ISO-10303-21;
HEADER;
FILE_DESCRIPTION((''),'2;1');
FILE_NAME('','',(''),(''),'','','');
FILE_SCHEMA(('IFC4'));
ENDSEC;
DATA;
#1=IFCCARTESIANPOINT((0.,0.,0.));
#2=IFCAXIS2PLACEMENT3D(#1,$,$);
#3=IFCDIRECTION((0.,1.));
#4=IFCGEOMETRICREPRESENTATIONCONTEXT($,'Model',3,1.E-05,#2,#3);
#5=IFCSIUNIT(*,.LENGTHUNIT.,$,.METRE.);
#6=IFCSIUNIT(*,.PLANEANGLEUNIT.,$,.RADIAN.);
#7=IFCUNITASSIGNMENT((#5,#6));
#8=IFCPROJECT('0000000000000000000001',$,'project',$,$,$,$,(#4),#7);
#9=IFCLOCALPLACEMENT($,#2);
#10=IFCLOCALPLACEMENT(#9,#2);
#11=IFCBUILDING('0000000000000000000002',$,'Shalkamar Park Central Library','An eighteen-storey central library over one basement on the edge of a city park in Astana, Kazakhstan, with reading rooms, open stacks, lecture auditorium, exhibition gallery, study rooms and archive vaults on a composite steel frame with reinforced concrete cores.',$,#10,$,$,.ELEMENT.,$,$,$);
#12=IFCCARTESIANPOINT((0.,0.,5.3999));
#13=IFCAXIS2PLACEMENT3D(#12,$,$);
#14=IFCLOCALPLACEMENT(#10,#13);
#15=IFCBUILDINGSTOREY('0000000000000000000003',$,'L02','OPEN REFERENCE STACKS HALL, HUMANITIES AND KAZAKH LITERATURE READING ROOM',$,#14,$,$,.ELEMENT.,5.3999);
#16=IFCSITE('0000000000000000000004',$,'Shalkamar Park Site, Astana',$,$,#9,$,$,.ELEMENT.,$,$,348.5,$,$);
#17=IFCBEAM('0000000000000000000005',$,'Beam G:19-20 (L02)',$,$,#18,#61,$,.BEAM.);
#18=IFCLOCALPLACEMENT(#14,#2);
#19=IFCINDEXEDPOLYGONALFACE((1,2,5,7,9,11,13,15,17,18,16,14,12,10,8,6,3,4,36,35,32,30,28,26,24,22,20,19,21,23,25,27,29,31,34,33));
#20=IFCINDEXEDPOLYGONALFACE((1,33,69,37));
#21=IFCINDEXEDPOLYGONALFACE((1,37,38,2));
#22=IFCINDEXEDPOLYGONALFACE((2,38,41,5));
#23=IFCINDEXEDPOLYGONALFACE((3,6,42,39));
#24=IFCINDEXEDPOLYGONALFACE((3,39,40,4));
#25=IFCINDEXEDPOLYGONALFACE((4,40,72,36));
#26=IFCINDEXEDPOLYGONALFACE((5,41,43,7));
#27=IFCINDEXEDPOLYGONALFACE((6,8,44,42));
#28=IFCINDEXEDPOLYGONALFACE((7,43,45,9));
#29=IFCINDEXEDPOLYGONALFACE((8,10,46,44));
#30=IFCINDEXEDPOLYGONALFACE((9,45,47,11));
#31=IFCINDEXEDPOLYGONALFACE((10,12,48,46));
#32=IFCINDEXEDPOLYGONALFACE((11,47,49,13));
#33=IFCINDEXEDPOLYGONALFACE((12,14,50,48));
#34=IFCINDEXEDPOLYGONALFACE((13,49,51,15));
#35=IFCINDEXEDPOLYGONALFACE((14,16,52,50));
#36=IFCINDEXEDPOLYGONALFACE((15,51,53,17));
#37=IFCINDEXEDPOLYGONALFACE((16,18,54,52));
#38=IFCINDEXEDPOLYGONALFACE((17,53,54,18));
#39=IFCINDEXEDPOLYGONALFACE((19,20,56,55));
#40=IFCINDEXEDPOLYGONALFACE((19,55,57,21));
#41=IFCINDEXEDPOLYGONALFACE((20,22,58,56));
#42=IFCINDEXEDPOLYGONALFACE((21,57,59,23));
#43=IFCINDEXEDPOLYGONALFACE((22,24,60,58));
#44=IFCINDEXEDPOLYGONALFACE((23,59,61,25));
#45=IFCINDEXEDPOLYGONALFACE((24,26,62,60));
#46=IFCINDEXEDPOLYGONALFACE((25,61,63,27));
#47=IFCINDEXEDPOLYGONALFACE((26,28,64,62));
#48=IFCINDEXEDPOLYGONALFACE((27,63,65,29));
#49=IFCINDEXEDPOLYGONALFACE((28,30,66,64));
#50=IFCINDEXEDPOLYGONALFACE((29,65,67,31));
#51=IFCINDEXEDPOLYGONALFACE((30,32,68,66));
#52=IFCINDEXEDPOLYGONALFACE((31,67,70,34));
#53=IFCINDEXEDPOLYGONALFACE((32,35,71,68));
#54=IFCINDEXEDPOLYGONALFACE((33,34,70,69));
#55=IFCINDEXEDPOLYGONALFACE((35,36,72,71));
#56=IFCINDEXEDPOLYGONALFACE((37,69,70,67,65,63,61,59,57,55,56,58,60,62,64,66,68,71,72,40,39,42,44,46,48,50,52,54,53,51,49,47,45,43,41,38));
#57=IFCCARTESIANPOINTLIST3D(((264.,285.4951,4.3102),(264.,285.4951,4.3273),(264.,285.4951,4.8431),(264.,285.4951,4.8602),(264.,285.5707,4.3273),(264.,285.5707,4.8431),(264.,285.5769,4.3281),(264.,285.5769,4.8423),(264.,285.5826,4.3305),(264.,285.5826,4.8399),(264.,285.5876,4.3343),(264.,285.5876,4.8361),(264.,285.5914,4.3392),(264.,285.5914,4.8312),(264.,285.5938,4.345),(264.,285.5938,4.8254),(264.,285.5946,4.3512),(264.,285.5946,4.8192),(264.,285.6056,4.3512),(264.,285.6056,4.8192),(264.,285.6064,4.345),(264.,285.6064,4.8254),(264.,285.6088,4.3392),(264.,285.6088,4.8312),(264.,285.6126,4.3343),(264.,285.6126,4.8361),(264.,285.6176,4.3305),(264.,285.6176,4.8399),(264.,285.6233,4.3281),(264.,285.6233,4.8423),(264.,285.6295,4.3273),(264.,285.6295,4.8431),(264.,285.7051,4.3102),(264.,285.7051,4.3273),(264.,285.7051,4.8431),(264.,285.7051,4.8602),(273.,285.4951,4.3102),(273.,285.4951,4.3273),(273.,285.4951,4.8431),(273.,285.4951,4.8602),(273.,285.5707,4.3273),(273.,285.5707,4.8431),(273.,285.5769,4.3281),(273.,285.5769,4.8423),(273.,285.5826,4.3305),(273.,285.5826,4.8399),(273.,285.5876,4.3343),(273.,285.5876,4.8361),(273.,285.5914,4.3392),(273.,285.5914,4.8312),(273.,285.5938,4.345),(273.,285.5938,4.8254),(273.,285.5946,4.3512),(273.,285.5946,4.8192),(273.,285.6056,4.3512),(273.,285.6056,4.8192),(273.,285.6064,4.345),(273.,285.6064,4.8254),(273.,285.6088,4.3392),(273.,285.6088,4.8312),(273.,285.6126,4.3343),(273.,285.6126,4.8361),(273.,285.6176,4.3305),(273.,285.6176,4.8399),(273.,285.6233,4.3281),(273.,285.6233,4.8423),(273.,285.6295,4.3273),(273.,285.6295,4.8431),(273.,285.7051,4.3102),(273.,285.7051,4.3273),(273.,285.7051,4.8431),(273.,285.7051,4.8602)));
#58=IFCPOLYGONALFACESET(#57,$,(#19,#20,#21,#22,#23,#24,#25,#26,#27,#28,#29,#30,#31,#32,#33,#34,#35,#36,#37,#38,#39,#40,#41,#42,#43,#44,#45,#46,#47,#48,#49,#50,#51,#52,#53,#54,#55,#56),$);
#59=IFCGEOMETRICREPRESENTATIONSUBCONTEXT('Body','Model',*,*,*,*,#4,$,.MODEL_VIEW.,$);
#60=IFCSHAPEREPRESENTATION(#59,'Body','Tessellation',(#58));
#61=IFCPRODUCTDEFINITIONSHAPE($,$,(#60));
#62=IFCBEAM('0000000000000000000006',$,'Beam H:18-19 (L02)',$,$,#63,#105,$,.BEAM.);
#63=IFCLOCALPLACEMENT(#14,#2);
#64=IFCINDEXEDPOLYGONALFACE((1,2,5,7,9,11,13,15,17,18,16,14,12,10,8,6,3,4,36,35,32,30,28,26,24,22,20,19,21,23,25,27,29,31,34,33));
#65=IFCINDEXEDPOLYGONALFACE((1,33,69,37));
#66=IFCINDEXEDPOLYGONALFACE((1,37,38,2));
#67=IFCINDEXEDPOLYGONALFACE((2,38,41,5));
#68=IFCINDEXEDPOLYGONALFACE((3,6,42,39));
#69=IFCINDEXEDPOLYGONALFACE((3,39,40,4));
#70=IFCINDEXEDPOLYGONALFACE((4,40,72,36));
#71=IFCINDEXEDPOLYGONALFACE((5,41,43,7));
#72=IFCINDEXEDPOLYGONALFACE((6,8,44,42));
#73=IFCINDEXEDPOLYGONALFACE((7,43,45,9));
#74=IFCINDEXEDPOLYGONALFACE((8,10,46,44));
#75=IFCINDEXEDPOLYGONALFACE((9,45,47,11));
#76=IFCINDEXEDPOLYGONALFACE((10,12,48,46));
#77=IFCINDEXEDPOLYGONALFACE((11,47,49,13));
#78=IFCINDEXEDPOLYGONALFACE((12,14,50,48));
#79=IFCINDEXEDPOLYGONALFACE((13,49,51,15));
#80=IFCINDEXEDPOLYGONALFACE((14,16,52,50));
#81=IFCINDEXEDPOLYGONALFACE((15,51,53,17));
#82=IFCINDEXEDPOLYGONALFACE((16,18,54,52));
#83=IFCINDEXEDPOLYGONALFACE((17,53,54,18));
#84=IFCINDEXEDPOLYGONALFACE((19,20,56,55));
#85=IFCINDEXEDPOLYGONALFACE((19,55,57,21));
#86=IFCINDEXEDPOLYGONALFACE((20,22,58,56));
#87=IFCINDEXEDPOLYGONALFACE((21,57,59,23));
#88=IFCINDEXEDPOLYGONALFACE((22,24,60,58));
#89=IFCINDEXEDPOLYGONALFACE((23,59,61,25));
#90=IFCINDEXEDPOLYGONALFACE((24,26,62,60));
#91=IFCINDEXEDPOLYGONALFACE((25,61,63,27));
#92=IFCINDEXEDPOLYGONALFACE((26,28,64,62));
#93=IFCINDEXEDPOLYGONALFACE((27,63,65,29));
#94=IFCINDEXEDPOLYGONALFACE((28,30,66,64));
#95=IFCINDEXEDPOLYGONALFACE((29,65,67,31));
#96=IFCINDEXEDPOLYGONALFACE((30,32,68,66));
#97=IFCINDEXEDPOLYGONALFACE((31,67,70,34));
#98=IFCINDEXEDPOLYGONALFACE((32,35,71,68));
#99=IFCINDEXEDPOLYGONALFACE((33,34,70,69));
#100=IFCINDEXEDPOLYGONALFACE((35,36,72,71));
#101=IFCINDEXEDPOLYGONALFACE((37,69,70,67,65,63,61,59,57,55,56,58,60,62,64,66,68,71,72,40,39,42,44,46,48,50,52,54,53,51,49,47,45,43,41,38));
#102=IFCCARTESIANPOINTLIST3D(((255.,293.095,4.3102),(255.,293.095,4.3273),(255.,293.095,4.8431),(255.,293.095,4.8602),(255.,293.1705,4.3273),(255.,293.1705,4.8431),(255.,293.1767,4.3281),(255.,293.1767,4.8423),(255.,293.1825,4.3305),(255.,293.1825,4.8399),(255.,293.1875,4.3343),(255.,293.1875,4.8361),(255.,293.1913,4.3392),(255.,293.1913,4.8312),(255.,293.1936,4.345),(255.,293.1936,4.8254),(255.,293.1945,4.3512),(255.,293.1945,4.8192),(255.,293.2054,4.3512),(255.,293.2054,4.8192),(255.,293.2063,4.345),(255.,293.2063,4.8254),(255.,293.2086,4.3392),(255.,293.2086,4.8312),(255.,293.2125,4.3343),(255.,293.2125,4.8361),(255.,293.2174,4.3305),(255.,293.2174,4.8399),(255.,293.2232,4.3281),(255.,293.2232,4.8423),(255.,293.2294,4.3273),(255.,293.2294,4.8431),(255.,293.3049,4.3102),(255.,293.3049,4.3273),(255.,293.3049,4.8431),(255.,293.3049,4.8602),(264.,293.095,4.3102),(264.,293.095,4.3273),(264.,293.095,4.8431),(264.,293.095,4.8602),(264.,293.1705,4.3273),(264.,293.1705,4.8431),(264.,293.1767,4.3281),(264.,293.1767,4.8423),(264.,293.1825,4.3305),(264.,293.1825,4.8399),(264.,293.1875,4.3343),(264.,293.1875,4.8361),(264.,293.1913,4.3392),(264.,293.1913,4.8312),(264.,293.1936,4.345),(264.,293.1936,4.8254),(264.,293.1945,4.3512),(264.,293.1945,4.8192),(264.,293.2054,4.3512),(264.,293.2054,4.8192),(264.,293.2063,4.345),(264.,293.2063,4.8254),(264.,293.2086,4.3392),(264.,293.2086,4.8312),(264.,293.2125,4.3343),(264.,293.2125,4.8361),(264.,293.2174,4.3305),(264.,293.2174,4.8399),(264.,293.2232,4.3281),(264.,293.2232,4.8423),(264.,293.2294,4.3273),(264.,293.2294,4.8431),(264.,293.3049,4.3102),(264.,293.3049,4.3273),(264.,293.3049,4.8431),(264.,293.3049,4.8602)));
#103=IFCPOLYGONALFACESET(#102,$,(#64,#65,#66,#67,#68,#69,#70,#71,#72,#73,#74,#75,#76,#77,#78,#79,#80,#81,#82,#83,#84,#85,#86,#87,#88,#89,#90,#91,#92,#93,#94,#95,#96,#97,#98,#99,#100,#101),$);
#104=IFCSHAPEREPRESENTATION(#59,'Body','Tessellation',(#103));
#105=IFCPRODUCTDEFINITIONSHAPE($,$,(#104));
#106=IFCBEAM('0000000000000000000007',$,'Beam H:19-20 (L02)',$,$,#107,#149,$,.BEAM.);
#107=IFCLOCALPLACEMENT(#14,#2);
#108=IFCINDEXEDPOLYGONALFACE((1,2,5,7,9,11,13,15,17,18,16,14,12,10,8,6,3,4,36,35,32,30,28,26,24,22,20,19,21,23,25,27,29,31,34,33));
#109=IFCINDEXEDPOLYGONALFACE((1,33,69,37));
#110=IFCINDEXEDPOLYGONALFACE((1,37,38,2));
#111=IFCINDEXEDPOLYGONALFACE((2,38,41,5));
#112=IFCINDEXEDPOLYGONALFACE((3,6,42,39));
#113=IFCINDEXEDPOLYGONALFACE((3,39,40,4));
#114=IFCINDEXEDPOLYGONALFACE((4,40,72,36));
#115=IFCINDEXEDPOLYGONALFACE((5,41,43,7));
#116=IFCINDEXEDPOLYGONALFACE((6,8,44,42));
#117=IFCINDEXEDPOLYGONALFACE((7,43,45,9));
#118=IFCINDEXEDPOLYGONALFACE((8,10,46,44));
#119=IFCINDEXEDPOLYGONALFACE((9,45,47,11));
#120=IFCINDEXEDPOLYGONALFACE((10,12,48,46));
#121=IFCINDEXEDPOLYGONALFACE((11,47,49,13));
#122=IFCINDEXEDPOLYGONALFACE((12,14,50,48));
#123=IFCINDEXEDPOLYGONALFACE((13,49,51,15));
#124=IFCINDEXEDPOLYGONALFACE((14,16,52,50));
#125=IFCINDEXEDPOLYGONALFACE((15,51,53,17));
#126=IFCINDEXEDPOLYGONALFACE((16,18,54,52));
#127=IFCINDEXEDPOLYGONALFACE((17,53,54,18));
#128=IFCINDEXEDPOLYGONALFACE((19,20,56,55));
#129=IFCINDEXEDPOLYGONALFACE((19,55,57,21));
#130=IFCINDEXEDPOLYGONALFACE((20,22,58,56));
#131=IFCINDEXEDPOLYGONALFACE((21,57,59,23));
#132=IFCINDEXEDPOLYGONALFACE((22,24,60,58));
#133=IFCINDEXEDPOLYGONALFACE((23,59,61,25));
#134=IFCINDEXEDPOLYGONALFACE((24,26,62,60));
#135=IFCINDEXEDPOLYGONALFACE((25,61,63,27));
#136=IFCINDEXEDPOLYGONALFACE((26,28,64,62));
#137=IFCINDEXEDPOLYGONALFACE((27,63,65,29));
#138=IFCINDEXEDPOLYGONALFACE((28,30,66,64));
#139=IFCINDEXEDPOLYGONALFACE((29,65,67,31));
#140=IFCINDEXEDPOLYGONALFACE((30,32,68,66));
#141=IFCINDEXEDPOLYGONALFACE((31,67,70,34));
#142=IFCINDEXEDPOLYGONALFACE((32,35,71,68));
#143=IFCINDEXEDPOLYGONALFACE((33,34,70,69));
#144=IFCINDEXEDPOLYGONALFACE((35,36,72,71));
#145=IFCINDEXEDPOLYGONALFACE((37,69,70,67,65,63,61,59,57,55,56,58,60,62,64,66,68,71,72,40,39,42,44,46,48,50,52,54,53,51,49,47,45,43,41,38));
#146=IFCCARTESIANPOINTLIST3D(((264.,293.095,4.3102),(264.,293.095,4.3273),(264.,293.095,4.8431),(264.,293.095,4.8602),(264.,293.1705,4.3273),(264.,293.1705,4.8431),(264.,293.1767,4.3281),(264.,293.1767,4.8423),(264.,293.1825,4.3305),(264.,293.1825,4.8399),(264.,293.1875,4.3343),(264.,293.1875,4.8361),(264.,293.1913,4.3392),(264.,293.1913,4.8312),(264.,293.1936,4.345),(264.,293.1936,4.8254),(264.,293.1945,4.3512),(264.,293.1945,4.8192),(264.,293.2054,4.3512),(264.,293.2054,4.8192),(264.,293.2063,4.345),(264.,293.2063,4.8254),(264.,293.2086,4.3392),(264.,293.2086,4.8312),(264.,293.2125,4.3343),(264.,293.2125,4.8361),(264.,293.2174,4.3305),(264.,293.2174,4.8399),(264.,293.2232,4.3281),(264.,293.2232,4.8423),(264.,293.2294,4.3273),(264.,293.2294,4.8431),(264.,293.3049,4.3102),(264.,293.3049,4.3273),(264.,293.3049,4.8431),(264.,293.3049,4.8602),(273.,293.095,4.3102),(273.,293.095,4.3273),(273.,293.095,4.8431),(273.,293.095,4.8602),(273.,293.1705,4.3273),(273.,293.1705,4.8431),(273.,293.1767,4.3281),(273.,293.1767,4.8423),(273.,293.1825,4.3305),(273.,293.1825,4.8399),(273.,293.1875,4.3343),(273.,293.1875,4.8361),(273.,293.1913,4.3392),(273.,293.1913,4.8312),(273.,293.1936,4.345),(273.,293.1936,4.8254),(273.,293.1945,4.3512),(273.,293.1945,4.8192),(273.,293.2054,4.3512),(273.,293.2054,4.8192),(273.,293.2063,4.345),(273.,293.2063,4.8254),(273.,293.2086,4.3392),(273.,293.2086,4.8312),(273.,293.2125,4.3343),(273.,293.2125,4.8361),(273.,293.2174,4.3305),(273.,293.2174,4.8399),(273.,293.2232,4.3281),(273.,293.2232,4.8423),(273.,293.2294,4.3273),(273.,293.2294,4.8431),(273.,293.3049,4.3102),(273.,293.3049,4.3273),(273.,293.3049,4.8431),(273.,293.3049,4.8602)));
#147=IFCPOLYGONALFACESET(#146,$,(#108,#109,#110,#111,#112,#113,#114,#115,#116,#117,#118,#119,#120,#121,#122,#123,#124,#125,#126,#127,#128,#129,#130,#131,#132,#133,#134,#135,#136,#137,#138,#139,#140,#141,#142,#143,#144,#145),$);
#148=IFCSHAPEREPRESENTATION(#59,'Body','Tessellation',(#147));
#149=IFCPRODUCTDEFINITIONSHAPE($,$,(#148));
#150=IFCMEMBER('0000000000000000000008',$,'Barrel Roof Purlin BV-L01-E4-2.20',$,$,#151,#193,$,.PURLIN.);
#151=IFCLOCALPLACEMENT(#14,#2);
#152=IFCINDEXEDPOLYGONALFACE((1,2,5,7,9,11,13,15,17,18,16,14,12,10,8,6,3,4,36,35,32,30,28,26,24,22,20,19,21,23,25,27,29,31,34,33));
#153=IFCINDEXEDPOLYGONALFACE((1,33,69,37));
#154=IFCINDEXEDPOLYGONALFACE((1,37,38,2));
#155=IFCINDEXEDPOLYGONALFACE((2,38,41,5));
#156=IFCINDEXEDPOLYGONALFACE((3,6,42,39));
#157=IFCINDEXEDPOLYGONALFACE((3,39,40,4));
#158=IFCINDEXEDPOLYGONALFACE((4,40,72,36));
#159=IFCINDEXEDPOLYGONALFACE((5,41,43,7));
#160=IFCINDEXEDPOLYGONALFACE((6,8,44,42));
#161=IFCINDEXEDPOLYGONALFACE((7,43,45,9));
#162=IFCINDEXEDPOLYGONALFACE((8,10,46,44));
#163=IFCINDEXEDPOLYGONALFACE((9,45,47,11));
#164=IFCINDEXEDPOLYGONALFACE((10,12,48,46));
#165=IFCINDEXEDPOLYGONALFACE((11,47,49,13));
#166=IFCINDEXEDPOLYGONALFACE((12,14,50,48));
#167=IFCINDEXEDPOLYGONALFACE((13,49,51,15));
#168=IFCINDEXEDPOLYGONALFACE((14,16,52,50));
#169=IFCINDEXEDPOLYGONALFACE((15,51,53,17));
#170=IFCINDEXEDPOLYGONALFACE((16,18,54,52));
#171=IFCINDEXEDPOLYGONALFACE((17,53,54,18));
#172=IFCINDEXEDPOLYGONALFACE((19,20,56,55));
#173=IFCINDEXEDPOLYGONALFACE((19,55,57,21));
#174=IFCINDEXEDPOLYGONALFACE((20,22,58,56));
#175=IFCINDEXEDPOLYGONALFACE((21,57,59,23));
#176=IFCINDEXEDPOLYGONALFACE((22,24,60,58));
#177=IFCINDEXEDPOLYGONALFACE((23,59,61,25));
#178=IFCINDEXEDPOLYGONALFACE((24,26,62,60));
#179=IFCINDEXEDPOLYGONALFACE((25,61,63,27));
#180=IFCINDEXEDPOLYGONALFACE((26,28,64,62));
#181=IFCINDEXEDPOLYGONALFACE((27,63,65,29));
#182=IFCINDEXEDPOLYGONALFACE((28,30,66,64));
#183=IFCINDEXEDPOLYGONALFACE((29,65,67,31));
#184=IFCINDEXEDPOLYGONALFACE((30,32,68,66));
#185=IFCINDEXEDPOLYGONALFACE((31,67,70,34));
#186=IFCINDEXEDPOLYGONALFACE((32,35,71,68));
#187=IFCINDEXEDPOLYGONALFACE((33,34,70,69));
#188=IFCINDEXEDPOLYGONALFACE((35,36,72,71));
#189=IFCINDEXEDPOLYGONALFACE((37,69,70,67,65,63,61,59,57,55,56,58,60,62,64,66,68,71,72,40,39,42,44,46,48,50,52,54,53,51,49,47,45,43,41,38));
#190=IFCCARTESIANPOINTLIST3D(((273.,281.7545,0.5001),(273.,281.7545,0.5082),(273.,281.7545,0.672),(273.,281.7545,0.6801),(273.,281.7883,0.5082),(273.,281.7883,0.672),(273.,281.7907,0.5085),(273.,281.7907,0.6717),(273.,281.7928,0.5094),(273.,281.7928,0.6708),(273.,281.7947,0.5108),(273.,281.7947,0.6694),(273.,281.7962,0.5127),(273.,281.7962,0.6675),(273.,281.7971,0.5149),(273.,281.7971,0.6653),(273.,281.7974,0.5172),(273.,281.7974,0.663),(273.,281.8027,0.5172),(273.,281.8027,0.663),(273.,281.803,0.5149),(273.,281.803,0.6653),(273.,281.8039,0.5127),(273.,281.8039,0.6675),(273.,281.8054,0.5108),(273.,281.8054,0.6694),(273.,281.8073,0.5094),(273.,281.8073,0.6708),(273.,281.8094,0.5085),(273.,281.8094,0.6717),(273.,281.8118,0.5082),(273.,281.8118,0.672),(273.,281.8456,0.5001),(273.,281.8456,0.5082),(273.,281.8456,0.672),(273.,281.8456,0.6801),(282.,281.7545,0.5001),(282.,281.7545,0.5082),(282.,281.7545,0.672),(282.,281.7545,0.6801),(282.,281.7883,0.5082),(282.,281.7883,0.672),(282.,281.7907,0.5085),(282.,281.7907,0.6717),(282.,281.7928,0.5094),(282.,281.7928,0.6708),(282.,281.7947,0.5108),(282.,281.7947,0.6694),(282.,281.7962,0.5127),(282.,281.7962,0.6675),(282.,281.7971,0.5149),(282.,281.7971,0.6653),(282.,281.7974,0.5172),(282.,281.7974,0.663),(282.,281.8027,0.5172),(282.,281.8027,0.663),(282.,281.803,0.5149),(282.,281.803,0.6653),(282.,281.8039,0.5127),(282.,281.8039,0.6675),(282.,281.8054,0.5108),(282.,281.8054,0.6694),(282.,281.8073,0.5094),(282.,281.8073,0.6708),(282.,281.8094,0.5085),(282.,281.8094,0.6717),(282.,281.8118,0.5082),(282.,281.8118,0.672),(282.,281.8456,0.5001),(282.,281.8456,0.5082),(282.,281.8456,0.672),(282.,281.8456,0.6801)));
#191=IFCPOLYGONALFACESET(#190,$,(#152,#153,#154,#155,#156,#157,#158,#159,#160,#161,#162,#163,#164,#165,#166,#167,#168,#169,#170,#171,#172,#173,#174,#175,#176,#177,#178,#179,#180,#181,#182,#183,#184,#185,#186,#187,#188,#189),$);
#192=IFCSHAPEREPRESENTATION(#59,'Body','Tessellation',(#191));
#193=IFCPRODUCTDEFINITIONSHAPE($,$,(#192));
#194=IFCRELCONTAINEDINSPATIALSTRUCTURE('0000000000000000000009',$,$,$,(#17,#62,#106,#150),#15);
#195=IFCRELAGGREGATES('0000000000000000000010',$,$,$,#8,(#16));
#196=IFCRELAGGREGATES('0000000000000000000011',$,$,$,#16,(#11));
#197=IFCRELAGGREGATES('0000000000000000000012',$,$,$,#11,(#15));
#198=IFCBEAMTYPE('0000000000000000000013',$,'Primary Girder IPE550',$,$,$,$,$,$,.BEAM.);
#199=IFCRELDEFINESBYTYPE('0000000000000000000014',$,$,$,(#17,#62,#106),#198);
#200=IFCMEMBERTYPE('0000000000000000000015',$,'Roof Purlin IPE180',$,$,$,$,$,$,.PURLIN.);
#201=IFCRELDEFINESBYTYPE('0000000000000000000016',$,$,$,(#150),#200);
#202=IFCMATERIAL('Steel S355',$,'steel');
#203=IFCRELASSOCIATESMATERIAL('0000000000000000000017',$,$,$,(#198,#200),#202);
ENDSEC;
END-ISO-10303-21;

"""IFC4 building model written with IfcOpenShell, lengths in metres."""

from ifc_helpers import new_model, si_unit, direction, frame, origin, origin_2d, place, context, subcontext, project, spatial, i_section, extrude, material, material_profile, profile_set, type_object, element, save


model = new_model("IFC4")

# Units and contexts
model_context = context("Model", 3, precision=1e-05, world=origin(), true_north=direction((0.0, 1.0)))
body_context = subcontext(model_context, "Body", "Model", "MODEL_VIEW")
ifc_project = project(units=[si_unit("LENGTHUNIT", "METRE"), si_unit("PLANEANGLEUNIT", "RADIAN")], contexts=[model_context])

# Site, building, storey
site_placement = place(None, origin())
site = spatial("IfcSite", under=ifc_project, at=site_placement, Name="Shalkamar Park Site, Astana", CompositionType="ELEMENT", RefElevation=348.5)
building_placement = place(site_placement, origin())
building = spatial("IfcBuilding", under=site, at=building_placement, Name="Shalkamar Park Central Library", Description="An eighteen-storey central library over one basement on the edge of a city park in Astana, Kazakhstan, with reading rooms, open stacks, lecture auditorium, exhibition gallery, study rooms and archive vaults on a composite steel frame with reinforced concrete cores.", CompositionType="ELEMENT")
storey_placement = place(building_placement, frame((0.0, 0.0, 5.3999)))
storey = spatial("IfcBuildingStorey", under=building, at=storey_placement, Name="L02", Description="OPEN REFERENCE STACKS HALL, HUMANITIES AND KAZAKH LITERATURE READING ROOM", CompositionType="ELEMENT", Elevation=5.3999)

# Shared definitions
ifc_material_1 = material(Name="Steel S355", Category="steel")

# Beams
ifc_material_profile_1 = material_profile(ifc_material_1, i_section(OverallWidth=0.21, OverallDepth=0.55, WebThickness=0.011, FlangeThickness=0.0171, FilletRadius=0.0239, at=origin_2d()), Name="IPE 550")
ifc_profile_set_1 = profile_set([ifc_material_profile_1], Name="Steel S355")
beam_type_1 = type_object("IfcBeamType", Name="Primary Girder IPE550", PredefinedType="BEAM", material=ifc_profile_set_1)
for number, where, z_axis, x_axis, name in (
    (1, (264.0, 285.6001, 4.5852), (1.0, 0.0, 0.0), (0.0, 1.0, 0.0), "Beam G:19-20 (L02)"),
    (2, (255.0, 293.2, 4.5852), (1.0, 0.0, 0.0), (0.0, 1.0, 0.0), "Beam H:18-19 (L02)"),
    (3, (264.0, 293.2, 4.5852), (1.0, 0.0, 0.0), (0.0, 1.0, 0.0), "Beam H:19-20 (L02)"),
):
    element("IfcBeam", number, at=place(storey_placement, frame(where, z_axis=z_axis, x_axis=x_axis)), inside=storey, type_object=beam_type_1, Name=name, PredefinedType="BEAM", context=body_context, shape_type="SweptSolid", body=[
        extrude(i_section(OverallWidth=0.21, OverallDepth=0.55, WebThickness=0.011, FlangeThickness=0.0171, FilletRadius=0.0239, at=origin_2d()), origin(), (0.0, 0.0, 1.0), 9.0),
    ])

# Member
ifc_material_profile_2 = material_profile(ifc_material_1, i_section(OverallWidth=0.0911, OverallDepth=0.1799, WebThickness=0.0054, FlangeThickness=0.0081, FilletRadius=0.009, at=origin_2d()), Name="IPE 180")
ifc_profile_set_2 = profile_set([ifc_material_profile_2], Name="Steel S355")
member_type_1 = type_object("IfcMemberType", Name="Roof Purlin IPE180", PredefinedType="PURLIN", material=ifc_profile_set_2)
member_1_placement = place(storey_placement, frame((273.0, 281.8, 0.5901), z_axis=(1.0, 0.0, 0.0), x_axis=(0.0, 1.0, 0.0)))
element("IfcMember", 4, at=member_1_placement, inside=storey, type_object=member_type_1, Name="Barrel Roof Purlin BV-L01-E4-2.20", PredefinedType="PURLIN", context=body_context, shape_type="SweptSolid", body=[
    extrude(i_section(OverallWidth=0.0911, OverallDepth=0.1799, WebThickness=0.0054, FlangeThickness=0.0081, FilletRadius=0.009, at=origin_2d()), origin(), (0.0, 0.0, 1.0), 9.0),
])

save(model, "model.ifc")
